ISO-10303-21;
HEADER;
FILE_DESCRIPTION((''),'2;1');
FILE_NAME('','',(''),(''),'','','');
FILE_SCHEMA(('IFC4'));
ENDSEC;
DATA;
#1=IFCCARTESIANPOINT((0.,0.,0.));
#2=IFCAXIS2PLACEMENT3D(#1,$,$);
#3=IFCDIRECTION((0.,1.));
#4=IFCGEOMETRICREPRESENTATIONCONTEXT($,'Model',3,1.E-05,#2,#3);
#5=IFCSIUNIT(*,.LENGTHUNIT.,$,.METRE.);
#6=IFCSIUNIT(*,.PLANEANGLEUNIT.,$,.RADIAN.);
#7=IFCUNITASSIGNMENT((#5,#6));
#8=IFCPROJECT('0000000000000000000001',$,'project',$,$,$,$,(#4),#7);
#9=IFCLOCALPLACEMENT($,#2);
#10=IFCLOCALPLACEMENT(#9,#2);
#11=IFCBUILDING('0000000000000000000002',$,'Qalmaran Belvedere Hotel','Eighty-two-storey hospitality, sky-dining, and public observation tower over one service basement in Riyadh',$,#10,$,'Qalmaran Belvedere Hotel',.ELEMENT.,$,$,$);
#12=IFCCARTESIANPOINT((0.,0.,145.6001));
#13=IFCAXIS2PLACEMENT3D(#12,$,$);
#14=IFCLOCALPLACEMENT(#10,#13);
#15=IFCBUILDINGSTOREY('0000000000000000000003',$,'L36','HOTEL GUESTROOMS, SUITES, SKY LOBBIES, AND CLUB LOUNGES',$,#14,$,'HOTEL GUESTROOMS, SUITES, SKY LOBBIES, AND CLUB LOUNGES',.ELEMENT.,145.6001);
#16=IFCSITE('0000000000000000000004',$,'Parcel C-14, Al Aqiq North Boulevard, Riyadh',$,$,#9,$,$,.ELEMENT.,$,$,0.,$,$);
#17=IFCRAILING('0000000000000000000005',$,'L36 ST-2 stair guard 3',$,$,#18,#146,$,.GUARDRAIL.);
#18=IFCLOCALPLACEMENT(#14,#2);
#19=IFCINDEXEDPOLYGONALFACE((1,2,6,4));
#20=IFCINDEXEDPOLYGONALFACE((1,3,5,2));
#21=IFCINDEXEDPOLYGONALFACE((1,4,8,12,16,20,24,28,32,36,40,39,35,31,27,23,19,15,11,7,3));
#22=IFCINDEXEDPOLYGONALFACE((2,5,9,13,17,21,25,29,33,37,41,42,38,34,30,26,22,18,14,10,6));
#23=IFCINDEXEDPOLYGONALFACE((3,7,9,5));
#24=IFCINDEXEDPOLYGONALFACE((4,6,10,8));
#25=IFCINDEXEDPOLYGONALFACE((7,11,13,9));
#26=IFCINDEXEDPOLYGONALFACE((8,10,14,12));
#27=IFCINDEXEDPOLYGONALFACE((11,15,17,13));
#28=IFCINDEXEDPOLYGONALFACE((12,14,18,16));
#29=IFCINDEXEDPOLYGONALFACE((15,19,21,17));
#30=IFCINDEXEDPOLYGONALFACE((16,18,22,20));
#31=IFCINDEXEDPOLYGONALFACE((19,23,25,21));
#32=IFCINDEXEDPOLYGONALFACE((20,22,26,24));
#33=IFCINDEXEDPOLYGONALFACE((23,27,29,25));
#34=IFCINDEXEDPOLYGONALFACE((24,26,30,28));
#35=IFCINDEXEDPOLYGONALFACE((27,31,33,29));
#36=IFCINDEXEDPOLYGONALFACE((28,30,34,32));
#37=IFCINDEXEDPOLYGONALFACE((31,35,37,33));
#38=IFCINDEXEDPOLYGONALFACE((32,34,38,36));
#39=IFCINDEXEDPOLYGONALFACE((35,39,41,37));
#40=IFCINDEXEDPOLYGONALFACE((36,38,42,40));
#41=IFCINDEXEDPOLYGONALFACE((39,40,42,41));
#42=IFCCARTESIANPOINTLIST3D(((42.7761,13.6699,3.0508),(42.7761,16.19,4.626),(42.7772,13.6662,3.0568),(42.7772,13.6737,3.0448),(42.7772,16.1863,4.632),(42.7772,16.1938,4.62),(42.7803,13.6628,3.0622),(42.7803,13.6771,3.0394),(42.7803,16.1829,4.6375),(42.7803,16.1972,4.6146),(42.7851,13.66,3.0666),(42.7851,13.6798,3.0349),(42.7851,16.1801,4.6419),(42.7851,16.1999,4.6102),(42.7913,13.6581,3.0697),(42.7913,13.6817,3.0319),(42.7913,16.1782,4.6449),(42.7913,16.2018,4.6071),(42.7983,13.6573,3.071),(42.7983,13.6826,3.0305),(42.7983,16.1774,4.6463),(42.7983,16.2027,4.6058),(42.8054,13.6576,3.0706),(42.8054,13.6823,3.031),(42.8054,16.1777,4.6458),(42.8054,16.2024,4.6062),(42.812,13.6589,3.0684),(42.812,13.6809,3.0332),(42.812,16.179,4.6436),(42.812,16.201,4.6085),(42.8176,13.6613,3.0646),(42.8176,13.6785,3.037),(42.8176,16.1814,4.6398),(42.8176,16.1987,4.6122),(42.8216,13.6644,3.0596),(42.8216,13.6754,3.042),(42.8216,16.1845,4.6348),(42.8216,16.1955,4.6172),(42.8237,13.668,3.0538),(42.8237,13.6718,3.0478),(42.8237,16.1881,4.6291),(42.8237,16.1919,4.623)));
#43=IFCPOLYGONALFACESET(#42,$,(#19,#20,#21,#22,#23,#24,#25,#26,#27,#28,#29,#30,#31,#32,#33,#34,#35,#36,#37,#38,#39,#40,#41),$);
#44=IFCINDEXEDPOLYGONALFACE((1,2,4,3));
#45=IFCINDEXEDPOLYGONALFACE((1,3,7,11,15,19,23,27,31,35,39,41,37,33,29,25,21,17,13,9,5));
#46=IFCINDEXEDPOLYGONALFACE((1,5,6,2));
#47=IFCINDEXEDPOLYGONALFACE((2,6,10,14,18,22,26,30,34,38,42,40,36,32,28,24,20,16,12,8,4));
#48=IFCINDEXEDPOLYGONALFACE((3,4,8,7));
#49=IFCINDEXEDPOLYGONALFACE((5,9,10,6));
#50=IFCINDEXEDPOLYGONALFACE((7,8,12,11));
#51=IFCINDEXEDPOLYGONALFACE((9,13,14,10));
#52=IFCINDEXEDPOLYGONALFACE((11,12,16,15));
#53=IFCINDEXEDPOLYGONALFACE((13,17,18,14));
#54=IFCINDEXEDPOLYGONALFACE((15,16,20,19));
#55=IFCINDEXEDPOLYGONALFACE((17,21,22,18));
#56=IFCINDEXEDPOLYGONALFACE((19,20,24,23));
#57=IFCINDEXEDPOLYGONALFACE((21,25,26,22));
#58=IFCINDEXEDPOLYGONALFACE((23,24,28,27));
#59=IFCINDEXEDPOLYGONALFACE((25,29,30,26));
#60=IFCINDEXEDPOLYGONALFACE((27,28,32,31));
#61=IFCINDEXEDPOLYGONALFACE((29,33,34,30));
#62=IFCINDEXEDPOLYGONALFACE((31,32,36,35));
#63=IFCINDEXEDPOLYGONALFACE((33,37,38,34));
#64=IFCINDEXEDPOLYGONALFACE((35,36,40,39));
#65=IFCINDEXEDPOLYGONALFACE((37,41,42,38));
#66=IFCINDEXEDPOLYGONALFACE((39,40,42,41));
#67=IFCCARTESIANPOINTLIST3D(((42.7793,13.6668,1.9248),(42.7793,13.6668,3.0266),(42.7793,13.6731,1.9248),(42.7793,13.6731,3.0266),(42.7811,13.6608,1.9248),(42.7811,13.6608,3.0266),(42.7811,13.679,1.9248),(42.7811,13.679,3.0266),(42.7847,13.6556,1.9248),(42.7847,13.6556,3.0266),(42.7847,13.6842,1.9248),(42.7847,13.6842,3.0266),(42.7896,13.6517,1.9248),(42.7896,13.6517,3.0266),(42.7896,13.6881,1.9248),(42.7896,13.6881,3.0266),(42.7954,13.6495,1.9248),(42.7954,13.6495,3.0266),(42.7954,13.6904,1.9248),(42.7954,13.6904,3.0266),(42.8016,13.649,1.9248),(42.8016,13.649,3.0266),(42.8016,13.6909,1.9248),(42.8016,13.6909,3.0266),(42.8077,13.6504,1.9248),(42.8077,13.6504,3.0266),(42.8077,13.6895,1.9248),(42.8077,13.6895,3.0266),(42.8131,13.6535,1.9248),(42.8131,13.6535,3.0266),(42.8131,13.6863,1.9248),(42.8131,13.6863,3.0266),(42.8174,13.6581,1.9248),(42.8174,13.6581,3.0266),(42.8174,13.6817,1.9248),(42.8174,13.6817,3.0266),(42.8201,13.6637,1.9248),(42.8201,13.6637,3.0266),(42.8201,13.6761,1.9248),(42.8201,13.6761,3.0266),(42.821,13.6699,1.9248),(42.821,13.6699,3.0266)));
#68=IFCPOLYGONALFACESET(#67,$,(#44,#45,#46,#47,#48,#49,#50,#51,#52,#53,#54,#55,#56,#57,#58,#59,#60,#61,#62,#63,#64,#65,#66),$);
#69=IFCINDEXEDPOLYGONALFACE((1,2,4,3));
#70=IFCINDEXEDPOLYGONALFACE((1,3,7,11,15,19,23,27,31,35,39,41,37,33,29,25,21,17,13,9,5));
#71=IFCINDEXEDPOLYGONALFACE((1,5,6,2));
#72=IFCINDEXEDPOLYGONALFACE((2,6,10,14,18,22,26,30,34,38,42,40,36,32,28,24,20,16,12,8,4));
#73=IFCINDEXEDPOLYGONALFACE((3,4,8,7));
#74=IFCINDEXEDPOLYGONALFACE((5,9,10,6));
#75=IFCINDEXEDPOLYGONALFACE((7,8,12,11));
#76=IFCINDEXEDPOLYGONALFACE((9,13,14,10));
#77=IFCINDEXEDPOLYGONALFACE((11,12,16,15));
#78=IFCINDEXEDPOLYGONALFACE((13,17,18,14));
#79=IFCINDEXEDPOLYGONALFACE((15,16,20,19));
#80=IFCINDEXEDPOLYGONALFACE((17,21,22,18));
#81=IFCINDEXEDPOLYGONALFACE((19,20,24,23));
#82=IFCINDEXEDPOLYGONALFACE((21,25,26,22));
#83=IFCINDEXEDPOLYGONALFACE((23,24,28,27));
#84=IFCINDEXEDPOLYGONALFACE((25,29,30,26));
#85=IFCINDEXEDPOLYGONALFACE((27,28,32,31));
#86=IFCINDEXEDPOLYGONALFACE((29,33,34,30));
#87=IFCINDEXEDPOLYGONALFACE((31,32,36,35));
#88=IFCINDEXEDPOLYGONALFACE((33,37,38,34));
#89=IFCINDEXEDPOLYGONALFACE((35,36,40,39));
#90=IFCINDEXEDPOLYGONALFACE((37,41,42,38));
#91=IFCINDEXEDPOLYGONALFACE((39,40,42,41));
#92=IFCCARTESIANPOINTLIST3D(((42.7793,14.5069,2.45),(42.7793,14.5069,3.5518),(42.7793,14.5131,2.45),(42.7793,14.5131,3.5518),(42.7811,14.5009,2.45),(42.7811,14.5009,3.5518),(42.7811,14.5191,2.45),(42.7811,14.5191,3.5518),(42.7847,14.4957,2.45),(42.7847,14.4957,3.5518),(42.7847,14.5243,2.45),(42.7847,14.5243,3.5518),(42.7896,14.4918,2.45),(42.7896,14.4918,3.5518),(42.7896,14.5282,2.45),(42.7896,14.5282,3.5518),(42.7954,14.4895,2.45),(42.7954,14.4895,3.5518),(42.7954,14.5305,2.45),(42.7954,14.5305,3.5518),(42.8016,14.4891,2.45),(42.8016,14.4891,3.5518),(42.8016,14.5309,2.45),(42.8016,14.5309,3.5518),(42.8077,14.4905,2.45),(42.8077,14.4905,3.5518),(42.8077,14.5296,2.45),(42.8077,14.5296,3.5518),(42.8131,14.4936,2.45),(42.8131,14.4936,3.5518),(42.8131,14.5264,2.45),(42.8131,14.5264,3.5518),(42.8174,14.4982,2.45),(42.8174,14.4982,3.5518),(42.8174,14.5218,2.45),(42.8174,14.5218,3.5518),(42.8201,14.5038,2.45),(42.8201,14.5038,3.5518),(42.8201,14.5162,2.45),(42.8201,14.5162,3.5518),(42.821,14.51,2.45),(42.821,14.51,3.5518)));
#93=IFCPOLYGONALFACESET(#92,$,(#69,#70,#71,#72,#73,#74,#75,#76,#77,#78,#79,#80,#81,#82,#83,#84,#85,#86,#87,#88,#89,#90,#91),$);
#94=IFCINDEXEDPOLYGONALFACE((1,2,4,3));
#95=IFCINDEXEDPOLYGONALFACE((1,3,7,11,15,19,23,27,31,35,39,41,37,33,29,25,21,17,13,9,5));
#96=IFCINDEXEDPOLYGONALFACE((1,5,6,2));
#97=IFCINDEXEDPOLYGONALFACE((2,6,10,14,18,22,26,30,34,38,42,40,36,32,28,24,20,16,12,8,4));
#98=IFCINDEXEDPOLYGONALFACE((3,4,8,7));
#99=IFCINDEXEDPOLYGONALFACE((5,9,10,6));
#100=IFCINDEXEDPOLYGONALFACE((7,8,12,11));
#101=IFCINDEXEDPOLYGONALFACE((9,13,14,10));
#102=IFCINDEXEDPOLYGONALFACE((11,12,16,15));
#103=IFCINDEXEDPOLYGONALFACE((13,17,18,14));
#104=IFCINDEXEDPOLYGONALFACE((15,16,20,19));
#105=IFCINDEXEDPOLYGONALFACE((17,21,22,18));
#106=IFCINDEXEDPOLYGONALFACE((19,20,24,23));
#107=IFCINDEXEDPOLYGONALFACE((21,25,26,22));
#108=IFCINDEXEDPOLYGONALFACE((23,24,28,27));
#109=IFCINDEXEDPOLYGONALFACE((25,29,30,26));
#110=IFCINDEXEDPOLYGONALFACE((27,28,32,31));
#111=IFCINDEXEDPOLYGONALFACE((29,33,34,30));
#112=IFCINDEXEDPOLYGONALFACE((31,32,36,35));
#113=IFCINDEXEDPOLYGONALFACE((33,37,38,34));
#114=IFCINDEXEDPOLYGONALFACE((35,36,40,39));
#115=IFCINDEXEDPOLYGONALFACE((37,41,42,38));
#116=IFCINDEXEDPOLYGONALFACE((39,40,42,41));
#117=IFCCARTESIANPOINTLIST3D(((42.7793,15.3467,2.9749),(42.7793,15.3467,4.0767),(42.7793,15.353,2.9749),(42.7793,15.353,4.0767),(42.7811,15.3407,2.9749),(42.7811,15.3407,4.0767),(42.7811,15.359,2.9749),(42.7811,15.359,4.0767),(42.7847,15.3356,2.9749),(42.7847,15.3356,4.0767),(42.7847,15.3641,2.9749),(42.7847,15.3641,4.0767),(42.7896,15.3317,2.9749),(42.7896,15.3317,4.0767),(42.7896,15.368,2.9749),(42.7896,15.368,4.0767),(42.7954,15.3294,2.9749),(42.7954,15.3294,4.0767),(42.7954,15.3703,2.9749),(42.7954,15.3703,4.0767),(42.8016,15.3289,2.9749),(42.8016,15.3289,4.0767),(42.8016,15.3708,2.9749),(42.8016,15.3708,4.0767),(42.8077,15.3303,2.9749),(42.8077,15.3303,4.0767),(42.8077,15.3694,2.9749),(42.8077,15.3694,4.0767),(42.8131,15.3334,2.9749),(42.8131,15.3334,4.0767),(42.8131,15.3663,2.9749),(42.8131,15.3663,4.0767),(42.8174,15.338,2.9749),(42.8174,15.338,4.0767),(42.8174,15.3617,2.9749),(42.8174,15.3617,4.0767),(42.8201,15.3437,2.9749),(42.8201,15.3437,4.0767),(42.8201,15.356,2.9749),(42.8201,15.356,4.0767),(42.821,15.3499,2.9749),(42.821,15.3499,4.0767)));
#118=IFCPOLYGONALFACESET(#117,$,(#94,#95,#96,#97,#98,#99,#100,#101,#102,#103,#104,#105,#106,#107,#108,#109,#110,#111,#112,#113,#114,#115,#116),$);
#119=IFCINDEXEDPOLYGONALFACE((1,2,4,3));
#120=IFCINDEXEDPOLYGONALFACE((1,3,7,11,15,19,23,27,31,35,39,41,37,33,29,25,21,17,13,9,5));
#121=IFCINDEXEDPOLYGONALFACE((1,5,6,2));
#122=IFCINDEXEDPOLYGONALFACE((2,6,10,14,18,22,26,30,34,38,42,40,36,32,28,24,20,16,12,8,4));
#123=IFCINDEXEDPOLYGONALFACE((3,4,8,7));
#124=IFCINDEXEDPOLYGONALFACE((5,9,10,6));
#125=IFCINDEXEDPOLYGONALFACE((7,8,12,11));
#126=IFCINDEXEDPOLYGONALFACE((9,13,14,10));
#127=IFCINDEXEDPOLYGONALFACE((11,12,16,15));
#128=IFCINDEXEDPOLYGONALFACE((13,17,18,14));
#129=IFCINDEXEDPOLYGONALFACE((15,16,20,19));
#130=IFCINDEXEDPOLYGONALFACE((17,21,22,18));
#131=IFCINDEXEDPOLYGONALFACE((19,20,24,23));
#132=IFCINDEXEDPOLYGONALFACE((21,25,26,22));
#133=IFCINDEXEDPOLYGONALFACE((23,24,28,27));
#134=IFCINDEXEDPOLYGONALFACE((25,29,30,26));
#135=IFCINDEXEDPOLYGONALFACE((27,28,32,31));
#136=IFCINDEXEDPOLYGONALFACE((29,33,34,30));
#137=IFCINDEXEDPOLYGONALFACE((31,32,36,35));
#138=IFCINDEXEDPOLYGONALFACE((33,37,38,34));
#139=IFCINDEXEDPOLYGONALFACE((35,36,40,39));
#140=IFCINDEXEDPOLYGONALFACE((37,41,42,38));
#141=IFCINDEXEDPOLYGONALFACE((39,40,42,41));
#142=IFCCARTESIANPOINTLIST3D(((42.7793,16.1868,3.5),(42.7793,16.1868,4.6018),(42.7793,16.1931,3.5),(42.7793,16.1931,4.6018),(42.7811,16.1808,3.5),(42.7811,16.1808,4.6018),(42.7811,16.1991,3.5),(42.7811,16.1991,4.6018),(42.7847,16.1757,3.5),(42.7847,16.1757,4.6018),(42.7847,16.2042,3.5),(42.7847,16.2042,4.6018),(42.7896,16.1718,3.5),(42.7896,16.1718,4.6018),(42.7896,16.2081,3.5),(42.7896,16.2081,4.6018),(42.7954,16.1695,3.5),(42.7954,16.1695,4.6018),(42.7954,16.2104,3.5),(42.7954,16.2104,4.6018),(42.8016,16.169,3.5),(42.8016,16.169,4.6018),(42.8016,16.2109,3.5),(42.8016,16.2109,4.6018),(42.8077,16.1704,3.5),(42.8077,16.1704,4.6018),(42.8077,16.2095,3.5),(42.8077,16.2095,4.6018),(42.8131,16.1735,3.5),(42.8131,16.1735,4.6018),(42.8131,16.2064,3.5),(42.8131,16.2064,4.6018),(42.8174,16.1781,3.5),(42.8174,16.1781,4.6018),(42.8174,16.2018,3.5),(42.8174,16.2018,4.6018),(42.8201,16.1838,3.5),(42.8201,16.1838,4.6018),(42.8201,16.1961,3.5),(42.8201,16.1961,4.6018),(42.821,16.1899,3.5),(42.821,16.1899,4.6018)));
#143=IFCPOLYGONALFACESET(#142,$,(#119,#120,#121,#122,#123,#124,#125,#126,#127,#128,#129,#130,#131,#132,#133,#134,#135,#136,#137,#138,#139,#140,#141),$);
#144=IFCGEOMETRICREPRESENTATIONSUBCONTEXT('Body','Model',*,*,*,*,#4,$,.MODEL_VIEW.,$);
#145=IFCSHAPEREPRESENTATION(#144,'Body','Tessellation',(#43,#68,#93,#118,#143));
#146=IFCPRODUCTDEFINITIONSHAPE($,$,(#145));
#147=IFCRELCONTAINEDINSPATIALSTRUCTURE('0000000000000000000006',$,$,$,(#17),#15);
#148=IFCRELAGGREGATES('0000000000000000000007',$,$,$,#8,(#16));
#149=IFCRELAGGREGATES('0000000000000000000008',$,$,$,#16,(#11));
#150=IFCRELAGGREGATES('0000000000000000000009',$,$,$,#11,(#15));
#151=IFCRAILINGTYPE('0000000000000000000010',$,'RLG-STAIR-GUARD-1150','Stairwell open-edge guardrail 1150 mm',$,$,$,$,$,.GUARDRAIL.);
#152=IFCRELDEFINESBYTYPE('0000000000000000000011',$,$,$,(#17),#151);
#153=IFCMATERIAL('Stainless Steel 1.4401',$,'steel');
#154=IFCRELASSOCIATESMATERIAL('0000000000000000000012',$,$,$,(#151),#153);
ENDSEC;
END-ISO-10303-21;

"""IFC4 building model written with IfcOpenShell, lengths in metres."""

from ifc_helpers import new_model, si_unit, direction, frame, origin, origin_2d, place, context, subcontext, project, spatial, circle, extrude, material, type_object, element, save


model = new_model("IFC4")

# Units and contexts
model_context = context("Model", 3, precision=1e-05, world=origin(), true_north=direction((0.0, 1.0)))
body_context = subcontext(model_context, "Body", "Model", "MODEL_VIEW")
ifc_project = project(units=[si_unit("LENGTHUNIT", "METRE"), si_unit("PLANEANGLEUNIT", "RADIAN")], contexts=[model_context])

# Site, building, storey
site_placement = place(None, origin())
site = spatial("IfcSite", under=ifc_project, at=site_placement, Name="Parcel C-14, Al Aqiq North Boulevard, Riyadh", CompositionType="ELEMENT", RefElevation=0.0)
building_placement = place(site_placement, origin())
building = spatial("IfcBuilding", under=site, at=building_placement, Name="Qalmaran Belvedere Hotel", Description="Eighty-two-storey hospitality, sky-dining, and public observation tower over one service basement in Riyadh", LongName="Qalmaran Belvedere Hotel", CompositionType="ELEMENT")
storey_placement = place(building_placement, frame((0.0, 0.0, 145.6001)))
storey = spatial("IfcBuildingStorey", under=building, at=storey_placement, Name="L36", Description="HOTEL GUESTROOMS, SUITES, SKY LOBBIES, AND CLUB LOUNGES", LongName="HOTEL GUESTROOMS, SUITES, SKY LOBBIES, AND CLUB LOUNGES", CompositionType="ELEMENT", Elevation=145.6001)

# Shared definitions
ifc_material_1 = material(Name="Stainless Steel 1.4401", Category="steel")

# Railing
railing_type_1 = type_object("IfcRailingType", Name="RLG-STAIR-GUARD-1150", Description="Stairwell open-edge guardrail 1150 mm", PredefinedType="GUARDRAIL", material=ifc_material_1)
railing_1_placement = place(storey_placement, frame((42.8, 13.6699, 1.9248)))
element("IfcRailing", 1, at=railing_1_placement, inside=storey, type_object=railing_type_1, Name="L36 ST-2 stair guard 3", PredefinedType="GUARDRAIL", context=body_context, shape_type="SweptSolid", body=[
    extrude(circle(Radius=0.0239, at=origin_2d()), frame((0.0, 0.0, 1.126), z_axis=(0.0, 0.847971, 0.530043), x_axis=(-1.0, 0.0, 0.0)), (0.0, 0.0, 1.0), 2.9719),
    extrude(circle(Radius=0.021, at=origin_2d()), origin(), (0.0, 0.0, 1.0), 1.1018),
    extrude(circle(Radius=0.021, at=origin_2d()), frame((0.0, 0.8401, 0.5251)), (0.0, 0.0, 1.0), 1.1018),
    extrude(circle(Radius=0.021, at=origin_2d()), frame((0.0, 1.6799, 1.05)), (0.0, 0.0, 1.0), 1.1018),
    extrude(circle(Radius=0.021, at=origin_2d()), frame((0.0, 2.52, 1.5752)), (0.0, 0.0, 1.0), 1.1018),
])

save(model, "model.ifc")
